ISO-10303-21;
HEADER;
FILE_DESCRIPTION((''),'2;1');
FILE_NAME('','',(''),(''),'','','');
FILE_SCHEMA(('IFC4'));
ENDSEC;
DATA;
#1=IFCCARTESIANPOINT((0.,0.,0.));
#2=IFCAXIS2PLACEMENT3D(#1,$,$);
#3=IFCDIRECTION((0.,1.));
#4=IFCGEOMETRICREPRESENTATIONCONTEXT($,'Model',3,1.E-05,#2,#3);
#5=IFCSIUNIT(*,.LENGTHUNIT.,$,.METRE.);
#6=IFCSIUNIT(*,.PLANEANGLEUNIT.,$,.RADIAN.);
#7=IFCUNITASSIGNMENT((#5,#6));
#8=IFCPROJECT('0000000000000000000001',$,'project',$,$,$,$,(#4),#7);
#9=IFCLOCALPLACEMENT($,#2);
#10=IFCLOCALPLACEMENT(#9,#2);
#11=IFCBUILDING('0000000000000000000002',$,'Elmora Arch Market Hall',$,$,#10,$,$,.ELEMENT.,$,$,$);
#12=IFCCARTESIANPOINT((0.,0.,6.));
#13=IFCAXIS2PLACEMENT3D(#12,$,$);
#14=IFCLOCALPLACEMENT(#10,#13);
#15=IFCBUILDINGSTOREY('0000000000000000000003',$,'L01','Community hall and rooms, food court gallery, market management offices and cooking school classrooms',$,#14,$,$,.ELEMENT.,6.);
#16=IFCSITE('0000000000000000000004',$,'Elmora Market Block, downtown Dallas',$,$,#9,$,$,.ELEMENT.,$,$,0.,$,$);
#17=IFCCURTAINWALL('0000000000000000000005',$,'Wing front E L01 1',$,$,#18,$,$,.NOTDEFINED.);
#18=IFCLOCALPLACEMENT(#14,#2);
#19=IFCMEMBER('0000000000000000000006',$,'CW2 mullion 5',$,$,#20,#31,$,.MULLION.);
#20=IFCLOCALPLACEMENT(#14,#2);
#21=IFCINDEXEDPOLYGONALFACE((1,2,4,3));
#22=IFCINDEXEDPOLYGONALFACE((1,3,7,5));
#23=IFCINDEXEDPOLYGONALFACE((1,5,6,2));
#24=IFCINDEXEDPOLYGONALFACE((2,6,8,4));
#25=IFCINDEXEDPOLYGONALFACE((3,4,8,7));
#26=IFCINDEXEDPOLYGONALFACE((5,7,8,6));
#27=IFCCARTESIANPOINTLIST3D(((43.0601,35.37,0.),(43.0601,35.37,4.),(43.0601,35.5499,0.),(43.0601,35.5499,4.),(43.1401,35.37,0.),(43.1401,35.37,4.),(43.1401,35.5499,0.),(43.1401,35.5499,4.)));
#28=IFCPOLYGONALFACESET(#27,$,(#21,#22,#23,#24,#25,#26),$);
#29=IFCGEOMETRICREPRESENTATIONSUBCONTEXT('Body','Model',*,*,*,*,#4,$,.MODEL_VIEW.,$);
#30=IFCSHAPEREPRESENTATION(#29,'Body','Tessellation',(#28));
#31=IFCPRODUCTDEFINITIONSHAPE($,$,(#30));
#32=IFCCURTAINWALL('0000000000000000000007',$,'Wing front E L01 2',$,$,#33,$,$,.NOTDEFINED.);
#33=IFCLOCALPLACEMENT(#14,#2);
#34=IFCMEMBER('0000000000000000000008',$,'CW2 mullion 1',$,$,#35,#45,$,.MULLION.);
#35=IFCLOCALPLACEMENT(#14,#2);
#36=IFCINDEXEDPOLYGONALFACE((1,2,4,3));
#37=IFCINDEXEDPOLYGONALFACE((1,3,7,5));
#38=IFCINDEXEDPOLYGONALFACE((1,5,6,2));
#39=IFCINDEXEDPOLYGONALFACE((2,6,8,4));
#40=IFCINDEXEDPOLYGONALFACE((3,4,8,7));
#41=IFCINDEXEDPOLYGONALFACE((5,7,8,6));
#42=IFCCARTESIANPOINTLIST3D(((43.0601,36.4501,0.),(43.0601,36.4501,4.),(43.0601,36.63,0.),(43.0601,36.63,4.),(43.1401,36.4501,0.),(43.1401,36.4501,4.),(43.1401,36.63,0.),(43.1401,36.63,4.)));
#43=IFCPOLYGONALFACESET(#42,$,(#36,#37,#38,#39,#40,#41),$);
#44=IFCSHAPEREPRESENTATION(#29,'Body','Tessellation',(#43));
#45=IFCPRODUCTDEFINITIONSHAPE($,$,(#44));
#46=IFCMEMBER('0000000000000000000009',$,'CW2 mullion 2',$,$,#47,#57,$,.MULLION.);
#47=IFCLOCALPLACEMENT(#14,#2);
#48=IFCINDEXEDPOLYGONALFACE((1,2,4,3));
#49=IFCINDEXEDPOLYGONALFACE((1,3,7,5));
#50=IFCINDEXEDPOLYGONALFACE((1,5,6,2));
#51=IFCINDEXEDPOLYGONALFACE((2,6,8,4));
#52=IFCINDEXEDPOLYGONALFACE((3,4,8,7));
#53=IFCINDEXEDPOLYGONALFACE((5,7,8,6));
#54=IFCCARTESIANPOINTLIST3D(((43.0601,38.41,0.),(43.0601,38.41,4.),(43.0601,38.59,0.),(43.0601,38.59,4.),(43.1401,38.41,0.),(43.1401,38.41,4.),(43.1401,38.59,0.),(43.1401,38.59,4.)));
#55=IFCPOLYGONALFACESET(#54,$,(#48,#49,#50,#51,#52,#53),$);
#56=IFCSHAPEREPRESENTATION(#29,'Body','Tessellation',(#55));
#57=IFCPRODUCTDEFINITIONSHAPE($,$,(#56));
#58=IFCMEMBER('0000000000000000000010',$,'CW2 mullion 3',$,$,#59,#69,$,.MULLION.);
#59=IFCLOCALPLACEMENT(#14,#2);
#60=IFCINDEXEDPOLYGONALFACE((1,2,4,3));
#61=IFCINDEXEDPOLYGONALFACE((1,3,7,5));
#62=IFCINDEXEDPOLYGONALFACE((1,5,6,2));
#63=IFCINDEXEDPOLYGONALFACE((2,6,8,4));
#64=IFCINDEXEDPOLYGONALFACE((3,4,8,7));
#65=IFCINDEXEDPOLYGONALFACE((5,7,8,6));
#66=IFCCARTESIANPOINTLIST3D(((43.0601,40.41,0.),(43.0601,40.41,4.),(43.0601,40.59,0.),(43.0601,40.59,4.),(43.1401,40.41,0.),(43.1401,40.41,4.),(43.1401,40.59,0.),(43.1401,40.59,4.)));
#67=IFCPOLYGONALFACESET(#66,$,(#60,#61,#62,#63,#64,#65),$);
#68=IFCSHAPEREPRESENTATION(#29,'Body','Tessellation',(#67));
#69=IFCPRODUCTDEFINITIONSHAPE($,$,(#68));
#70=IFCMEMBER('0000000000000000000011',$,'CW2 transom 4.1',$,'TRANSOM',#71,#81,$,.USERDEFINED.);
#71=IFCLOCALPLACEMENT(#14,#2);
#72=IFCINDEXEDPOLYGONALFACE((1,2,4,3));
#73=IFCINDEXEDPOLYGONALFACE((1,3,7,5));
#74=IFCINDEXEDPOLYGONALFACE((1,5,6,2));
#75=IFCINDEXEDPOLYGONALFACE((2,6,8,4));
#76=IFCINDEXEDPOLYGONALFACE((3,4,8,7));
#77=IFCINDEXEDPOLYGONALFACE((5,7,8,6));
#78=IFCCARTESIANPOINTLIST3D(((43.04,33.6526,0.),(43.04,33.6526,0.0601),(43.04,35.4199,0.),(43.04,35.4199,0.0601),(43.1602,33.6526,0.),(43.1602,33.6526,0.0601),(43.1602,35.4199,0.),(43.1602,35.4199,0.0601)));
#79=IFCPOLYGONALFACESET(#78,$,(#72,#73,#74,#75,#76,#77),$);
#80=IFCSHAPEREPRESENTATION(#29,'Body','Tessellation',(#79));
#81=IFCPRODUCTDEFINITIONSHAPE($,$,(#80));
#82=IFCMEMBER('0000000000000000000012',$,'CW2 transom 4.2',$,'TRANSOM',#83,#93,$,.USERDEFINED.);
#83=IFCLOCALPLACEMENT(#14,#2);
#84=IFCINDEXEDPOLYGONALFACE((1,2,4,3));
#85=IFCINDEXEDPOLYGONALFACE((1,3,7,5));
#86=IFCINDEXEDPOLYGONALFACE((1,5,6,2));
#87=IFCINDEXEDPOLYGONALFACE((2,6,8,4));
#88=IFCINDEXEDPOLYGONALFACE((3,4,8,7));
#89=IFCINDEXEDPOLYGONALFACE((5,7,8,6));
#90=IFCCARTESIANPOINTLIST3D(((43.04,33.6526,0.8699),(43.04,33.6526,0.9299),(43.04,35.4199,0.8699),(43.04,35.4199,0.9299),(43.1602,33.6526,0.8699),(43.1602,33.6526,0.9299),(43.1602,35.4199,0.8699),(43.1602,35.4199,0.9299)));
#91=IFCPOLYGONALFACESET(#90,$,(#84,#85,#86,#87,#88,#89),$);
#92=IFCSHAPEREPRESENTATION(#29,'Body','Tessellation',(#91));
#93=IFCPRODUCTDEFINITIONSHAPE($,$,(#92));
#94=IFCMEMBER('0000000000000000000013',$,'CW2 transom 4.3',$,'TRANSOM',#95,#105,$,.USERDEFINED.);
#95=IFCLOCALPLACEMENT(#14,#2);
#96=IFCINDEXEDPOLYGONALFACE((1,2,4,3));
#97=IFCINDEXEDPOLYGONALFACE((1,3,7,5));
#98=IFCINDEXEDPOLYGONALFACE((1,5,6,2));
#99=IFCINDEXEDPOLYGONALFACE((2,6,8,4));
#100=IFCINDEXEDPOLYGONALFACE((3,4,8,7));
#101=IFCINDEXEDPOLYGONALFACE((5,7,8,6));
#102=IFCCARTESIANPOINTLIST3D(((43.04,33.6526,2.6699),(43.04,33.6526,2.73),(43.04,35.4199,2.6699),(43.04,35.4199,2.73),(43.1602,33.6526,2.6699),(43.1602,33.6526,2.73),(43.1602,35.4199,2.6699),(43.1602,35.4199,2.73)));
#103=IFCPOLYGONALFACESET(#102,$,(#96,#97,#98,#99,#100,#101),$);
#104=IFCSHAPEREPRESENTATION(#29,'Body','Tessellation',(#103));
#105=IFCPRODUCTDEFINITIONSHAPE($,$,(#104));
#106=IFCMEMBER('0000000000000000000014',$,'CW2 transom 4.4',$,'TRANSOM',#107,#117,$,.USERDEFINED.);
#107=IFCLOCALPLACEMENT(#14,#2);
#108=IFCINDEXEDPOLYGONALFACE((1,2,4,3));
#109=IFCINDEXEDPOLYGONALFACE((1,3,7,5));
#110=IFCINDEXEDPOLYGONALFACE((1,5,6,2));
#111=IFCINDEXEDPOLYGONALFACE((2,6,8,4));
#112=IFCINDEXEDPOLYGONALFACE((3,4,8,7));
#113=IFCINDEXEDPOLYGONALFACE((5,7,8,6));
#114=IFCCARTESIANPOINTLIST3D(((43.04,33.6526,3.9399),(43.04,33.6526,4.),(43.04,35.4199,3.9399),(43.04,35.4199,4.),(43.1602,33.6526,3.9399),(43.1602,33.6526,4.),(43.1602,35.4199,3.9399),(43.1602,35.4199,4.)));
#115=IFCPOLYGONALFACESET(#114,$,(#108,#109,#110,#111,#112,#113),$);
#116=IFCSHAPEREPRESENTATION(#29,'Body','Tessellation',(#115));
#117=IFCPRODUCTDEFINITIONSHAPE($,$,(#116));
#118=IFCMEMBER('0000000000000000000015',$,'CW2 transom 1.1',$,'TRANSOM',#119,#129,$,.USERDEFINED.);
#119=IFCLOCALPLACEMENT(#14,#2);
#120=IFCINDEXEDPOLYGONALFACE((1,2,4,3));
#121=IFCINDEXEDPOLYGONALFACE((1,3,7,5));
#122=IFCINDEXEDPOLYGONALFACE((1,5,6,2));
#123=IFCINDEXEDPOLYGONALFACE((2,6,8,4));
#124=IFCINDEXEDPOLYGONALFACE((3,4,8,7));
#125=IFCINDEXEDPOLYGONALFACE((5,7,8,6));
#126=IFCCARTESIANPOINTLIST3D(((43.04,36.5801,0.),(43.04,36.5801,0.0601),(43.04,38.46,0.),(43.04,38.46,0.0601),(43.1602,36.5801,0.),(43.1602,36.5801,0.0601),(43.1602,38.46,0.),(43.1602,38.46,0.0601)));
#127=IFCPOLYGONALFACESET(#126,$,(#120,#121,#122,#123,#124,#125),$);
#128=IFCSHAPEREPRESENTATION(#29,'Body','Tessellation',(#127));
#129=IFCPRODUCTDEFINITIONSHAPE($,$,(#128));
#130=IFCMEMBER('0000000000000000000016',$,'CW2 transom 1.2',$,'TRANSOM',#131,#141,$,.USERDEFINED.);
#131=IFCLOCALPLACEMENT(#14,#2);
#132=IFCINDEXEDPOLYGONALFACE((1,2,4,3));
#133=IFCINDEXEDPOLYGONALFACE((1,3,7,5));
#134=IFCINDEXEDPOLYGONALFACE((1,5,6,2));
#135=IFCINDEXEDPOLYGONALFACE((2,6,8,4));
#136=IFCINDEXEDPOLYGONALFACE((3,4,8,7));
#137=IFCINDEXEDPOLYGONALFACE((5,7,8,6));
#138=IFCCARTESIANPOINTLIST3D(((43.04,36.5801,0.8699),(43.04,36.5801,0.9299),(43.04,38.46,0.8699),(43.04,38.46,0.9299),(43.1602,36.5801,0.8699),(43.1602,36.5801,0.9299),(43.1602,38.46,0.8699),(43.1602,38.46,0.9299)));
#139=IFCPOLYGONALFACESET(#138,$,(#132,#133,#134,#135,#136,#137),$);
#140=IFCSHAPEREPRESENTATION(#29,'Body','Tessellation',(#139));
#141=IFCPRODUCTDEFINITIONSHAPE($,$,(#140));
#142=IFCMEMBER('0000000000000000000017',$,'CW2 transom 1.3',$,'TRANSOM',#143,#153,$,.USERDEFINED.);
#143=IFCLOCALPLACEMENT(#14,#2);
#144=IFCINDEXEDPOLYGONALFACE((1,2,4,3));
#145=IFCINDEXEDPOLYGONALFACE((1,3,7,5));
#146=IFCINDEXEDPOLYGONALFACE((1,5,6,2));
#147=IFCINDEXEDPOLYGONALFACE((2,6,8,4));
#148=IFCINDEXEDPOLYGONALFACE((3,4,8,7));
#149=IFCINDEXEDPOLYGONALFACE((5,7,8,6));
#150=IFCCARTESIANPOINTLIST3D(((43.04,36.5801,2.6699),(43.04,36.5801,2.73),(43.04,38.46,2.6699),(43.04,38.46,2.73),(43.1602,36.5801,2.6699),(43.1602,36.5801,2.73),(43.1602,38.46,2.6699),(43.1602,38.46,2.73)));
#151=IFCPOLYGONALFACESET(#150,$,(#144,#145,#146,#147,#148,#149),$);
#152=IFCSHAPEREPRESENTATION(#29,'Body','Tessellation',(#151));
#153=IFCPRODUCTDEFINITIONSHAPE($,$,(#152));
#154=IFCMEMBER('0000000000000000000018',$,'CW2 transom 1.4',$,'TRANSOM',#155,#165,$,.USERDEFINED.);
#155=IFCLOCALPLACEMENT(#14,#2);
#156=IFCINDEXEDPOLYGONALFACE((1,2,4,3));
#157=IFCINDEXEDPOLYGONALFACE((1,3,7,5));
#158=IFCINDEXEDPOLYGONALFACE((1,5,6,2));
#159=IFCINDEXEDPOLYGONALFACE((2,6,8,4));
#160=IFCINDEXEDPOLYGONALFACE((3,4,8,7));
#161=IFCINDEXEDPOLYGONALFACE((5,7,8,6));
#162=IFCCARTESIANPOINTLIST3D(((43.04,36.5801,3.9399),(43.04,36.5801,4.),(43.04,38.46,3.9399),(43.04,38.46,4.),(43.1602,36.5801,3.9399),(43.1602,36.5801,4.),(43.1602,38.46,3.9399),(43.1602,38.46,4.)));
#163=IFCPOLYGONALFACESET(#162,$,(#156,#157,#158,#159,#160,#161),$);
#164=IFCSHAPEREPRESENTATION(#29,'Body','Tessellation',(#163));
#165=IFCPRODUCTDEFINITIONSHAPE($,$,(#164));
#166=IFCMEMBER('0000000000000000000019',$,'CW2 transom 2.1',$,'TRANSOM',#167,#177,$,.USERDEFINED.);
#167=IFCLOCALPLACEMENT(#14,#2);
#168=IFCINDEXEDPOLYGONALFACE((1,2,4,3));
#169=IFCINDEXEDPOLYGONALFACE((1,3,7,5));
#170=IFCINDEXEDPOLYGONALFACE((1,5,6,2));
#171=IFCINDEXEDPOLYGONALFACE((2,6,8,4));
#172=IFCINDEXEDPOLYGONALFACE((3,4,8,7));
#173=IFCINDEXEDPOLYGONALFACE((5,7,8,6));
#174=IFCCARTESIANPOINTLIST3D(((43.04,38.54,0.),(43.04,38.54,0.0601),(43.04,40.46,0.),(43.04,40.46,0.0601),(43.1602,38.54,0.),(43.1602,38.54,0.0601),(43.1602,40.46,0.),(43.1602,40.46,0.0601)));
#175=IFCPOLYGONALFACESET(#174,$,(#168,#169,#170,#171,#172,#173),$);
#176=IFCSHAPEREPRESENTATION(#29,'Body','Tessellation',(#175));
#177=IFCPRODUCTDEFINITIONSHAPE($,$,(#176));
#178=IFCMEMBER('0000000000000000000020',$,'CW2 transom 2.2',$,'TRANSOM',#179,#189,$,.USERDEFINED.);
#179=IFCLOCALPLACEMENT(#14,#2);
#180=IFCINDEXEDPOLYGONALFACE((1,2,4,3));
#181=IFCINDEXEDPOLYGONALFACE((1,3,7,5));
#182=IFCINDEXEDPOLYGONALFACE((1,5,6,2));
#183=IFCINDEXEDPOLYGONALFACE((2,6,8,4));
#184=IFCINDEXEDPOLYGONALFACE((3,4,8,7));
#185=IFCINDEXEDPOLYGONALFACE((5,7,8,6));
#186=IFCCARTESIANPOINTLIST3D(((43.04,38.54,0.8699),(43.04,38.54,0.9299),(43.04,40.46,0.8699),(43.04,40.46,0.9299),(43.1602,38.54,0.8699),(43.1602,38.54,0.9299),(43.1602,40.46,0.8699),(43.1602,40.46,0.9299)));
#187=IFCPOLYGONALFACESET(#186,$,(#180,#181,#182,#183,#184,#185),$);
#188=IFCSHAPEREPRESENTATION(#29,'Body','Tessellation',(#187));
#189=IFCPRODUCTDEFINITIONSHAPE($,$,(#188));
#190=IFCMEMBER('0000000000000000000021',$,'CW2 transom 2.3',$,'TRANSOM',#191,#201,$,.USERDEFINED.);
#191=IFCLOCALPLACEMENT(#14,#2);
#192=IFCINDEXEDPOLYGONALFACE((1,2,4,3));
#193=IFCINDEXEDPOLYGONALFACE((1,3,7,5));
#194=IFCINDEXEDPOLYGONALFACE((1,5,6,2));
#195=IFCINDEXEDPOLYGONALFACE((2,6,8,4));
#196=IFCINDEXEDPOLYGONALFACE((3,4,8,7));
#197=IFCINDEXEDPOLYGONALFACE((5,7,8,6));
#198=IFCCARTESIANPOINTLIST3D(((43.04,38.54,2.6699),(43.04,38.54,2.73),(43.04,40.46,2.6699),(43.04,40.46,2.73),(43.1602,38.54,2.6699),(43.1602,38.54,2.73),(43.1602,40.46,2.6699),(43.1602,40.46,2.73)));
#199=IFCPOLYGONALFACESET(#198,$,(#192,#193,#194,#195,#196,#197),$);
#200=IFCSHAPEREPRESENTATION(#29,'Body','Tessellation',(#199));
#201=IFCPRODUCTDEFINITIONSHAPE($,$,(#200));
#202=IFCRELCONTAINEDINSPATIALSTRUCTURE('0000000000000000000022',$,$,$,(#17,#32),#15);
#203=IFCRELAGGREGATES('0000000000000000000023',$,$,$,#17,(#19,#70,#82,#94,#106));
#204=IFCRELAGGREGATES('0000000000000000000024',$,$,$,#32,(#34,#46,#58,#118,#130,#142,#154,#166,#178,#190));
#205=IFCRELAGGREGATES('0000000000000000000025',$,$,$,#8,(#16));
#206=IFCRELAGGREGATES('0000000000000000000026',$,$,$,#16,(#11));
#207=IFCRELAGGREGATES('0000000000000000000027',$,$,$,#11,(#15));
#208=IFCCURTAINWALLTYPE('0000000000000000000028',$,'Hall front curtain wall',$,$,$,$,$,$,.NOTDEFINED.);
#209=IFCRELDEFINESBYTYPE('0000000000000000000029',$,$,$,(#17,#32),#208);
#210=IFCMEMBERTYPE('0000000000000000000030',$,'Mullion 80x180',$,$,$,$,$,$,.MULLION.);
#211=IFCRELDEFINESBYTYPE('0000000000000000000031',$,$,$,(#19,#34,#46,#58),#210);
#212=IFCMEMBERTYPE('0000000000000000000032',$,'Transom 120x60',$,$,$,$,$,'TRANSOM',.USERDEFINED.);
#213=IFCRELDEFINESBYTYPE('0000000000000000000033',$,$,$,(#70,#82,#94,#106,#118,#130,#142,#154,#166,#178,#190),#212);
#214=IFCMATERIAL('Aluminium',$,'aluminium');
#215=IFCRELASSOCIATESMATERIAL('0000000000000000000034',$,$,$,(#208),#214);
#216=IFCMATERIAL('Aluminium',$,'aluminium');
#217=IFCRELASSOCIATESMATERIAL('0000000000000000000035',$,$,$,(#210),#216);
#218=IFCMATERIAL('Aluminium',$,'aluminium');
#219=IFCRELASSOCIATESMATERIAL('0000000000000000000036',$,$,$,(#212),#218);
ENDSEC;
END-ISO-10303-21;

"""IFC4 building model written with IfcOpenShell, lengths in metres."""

from ifc_helpers import new_model, si_unit, direction, frame, origin, origin_2d, place, context, subcontext, project, spatial, rectangle, extrude, material, material_profile, profile_set, type_object, element, aggregate, save


model = new_model("IFC4")

# Units and contexts
model_context = context("Model", 3, precision=1e-05, world=origin(), true_north=direction((0.0, 1.0)))
body_context = subcontext(model_context, "Body", "Model", "MODEL_VIEW")
ifc_project = project(units=[si_unit("LENGTHUNIT", "METRE"), si_unit("PLANEANGLEUNIT", "RADIAN")], contexts=[model_context])

# Site, building, storey
site_placement = place(None, origin())
site = spatial("IfcSite", under=ifc_project, at=site_placement, Name="Elmora Market Block, downtown Dallas", CompositionType="ELEMENT", RefElevation=0.0)
building_placement = place(site_placement, origin())
building = spatial("IfcBuilding", under=site, at=building_placement, Name="Elmora Arch Market Hall", CompositionType="ELEMENT")
storey_placement = place(building_placement, frame((0.0, 0.0, 6.0)))
storey = spatial("IfcBuildingStorey", under=building, at=storey_placement, Name="L01", Description="Community hall and rooms, food court gallery, market management offices and cooking school classrooms", CompositionType="ELEMENT", Elevation=6.0)

# Curtain wall, member
ifc_material_1 = material(Name="Aluminium", Category="aluminium")
curtain_wall_type = type_object("IfcCurtainWallType", Name="Hall front curtain wall", PredefinedType="NOTDEFINED", material=ifc_material_1)
curtain_wall_1_placement = place(storey_placement, origin())
curtain_wall_1 = element("IfcCurtainWall", 1, at=curtain_wall_1_placement, inside=storey, type_object=curtain_wall_type, Name="Wing front E L01 1", PredefinedType="NOTDEFINED")
ifc_material_2 = material(Name="Aluminium", Category="aluminium")
ifc_material_profile_1 = material_profile(ifc_material_2, rectangle(XDim=0.0801, YDim=0.1799, at=origin_2d()), Name="AL 80x180")
ifc_profile_set_1 = profile_set([ifc_material_profile_1], Name="Aluminium")
member_type_1 = type_object("IfcMemberType", Name="Mullion 80x180", PredefinedType="MULLION", material=ifc_profile_set_1)
member_1_placement = place(storey_placement, frame((43.1001, 35.46, 0.0), z_axis=(0.0, 0.0, 1.0), x_axis=(-1.0, 0.0, 0.0)))
member_1 = element("IfcMember", 2, at=member_1_placement, type_object=member_type_1, Name="CW2 mullion 5", PredefinedType="MULLION", context=body_context, shape_type="SweptSolid", body=[
    extrude(rectangle(XDim=0.0801, YDim=0.1799, at=origin_2d()), origin(), (0.0, 0.0, 1.0), 4.0),
])

# Curtain wall, members
curtain_wall_2_placement = place(storey_placement, origin())
curtain_wall_2 = element("IfcCurtainWall", 3, at=curtain_wall_2_placement, inside=storey, type_object=curtain_wall_type, Name="Wing front E L01 2", PredefinedType="NOTDEFINED")
member_2_placement = place(storey_placement, frame((43.1001, 36.54, 0.0), z_axis=(0.0, 0.0, 1.0), x_axis=(-1.0, 0.0, 0.0)))
member_2 = element("IfcMember", 4, at=member_2_placement, type_object=member_type_1, Name="CW2 mullion 1", PredefinedType="MULLION", context=body_context, shape_type="SweptSolid", body=[
    extrude(rectangle(XDim=0.0801, YDim=0.1799, at=origin_2d()), origin(), (0.0, 0.0, 1.0), 4.0),
])
member_3_placement = place(storey_placement, frame((43.1001, 38.5, 0.0), z_axis=(0.0, 0.0, 1.0), x_axis=(-1.0, 0.0, 0.0)))
member_3 = element("IfcMember", 5, at=member_3_placement, type_object=member_type_1, Name="CW2 mullion 2", PredefinedType="MULLION", context=body_context, shape_type="SweptSolid", body=[
    extrude(rectangle(XDim=0.0801, YDim=0.1799, at=origin_2d()), origin(), (0.0, 0.0, 1.0), 4.0),
])
member_4_placement = place(storey_placement, frame((43.1001, 40.5, 0.0), z_axis=(0.0, 0.0, 1.0), x_axis=(-1.0, 0.0, 0.0)))
member_4 = element("IfcMember", 6, at=member_4_placement, type_object=member_type_1, Name="CW2 mullion 3", PredefinedType="MULLION", context=body_context, shape_type="SweptSolid", body=[
    extrude(rectangle(XDim=0.0801, YDim=0.1799, at=origin_2d()), origin(), (0.0, 0.0, 1.0), 4.0),
])

# Members
ifc_material_3 = material(Name="Aluminium", Category="aluminium")
ifc_material_profile_2 = material_profile(ifc_material_3, rectangle(XDim=0.1201, YDim=0.0601, at=origin_2d()), Name="AL 120x60")
ifc_profile_set_2 = profile_set([ifc_material_profile_2], Name="Aluminium")
member_type_2 = type_object("IfcMemberType", Name="Transom 120x60", ElementType="TRANSOM", PredefinedType="USERDEFINED", material=ifc_profile_set_2)
member_5_placement = place(storey_placement, frame((43.1001, 33.6526, 0.03), z_axis=(0.0, 1.0, 0.0), x_axis=(-1.0, 0.0, 0.0)))
member_5 = element("IfcMember", 7, at=member_5_placement, type_object=member_type_2, Name="CW2 transom 4.1", ObjectType="TRANSOM", PredefinedType="USERDEFINED", context=body_context, shape_type="SweptSolid", body=[
    extrude(rectangle(XDim=0.1201, YDim=0.0601, at=origin_2d()), origin(), (0.0, 0.0, 1.0), 1.7673),
])
member_6_placement = place(storey_placement, frame((43.1001, 33.6526, 0.8999), z_axis=(0.0, 1.0, 0.0), x_axis=(-1.0, 0.0, 0.0)))
member_6 = element("IfcMember", 8, at=member_6_placement, type_object=member_type_2, Name="CW2 transom 4.2", ObjectType="TRANSOM", PredefinedType="USERDEFINED", context=body_context, shape_type="SweptSolid", body=[
    extrude(rectangle(XDim=0.1201, YDim=0.0601, at=origin_2d()), origin(), (0.0, 0.0, 1.0), 1.7673),
])
member_7_placement = place(storey_placement, frame((43.1001, 33.6526, 2.7), z_axis=(0.0, 1.0, 0.0), x_axis=(-1.0, 0.0, 0.0)))
member_7 = element("IfcMember", 9, at=member_7_placement, type_object=member_type_2, Name="CW2 transom 4.3", ObjectType="TRANSOM", PredefinedType="USERDEFINED", context=body_context, shape_type="SweptSolid", body=[
    extrude(rectangle(XDim=0.1201, YDim=0.0601, at=origin_2d()), origin(), (0.0, 0.0, 1.0), 1.7673),
])
member_8_placement = place(storey_placement, frame((43.1001, 33.6526, 3.97), z_axis=(0.0, 1.0, 0.0), x_axis=(-1.0, 0.0, 0.0)))
member_8 = element("IfcMember", 10, at=member_8_placement, type_object=member_type_2, Name="CW2 transom 4.4", ObjectType="TRANSOM", PredefinedType="USERDEFINED", context=body_context, shape_type="SweptSolid", body=[
    extrude(rectangle(XDim=0.1201, YDim=0.0601, at=origin_2d()), origin(), (0.0, 0.0, 1.0), 1.7673),
])
member_9_placement = place(storey_placement, frame((43.1001, 36.5801, 0.03), z_axis=(0.0, 1.0, 0.0), x_axis=(-1.0, 0.0, 0.0)))
member_9 = element("IfcMember", 11, at=member_9_placement, type_object=member_type_2, Name="CW2 transom 1.1", ObjectType="TRANSOM", PredefinedType="USERDEFINED", context=body_context, shape_type="SweptSolid", body=[
    extrude(rectangle(XDim=0.1201, YDim=0.0601, at=origin_2d()), origin(), (0.0, 0.0, 1.0), 1.8799),
])
member_10_placement = place(storey_placement, frame((43.1001, 36.5801, 0.8999), z_axis=(0.0, 1.0, 0.0), x_axis=(-1.0, 0.0, 0.0)))
member_10 = element("IfcMember", 12, at=member_10_placement, type_object=member_type_2, Name="CW2 transom 1.2", ObjectType="TRANSOM", PredefinedType="USERDEFINED", context=body_context, shape_type="SweptSolid", body=[
    extrude(rectangle(XDim=0.1201, YDim=0.0601, at=origin_2d()), origin(), (0.0, 0.0, 1.0), 1.8799),
])
member_11_placement = place(storey_placement, frame((43.1001, 36.5801, 2.7), z_axis=(0.0, 1.0, 0.0), x_axis=(-1.0, 0.0, 0.0)))
member_11 = element("IfcMember", 13, at=member_11_placement, type_object=member_type_2, Name="CW2 transom 1.3", ObjectType="TRANSOM", PredefinedType="USERDEFINED", context=body_context, shape_type="SweptSolid", body=[
    extrude(rectangle(XDim=0.1201, YDim=0.0601, at=origin_2d()), origin(), (0.0, 0.0, 1.0), 1.8799),
])
member_12_placement = place(storey_placement, frame((43.1001, 36.5801, 3.97), z_axis=(0.0, 1.0, 0.0), x_axis=(-1.0, 0.0, 0.0)))
member_12 = element("IfcMember", 14, at=member_12_placement, type_object=member_type_2, Name="CW2 transom 1.4", ObjectType="TRANSOM", PredefinedType="USERDEFINED", context=body_context, shape_type="SweptSolid", body=[
    extrude(rectangle(XDim=0.1201, YDim=0.0601, at=origin_2d()), origin(), (0.0, 0.0, 1.0), 1.8799),
])
member_13_placement = place(storey_placement, frame((43.1001, 38.54, 0.03), z_axis=(0.0, 1.0, 0.0), x_axis=(-1.0, 0.0, 0.0)))
member_13 = element("IfcMember", 15, at=member_13_placement, type_object=member_type_2, Name="CW2 transom 2.1", ObjectType="TRANSOM", PredefinedType="USERDEFINED", context=body_context, shape_type="SweptSolid", body=[
    extrude(rectangle(XDim=0.1201, YDim=0.0601, at=origin_2d()), origin(), (0.0, 0.0, 1.0), 1.9199),
])
member_14_placement = place(storey_placement, frame((43.1001, 38.54, 0.8999), z_axis=(0.0, 1.0, 0.0), x_axis=(-1.0, 0.0, 0.0)))
member_14 = element("IfcMember", 16, at=member_14_placement, type_object=member_type_2, Name="CW2 transom 2.2", ObjectType="TRANSOM", PredefinedType="USERDEFINED", context=body_context, shape_type="SweptSolid", body=[
    extrude(rectangle(XDim=0.1201, YDim=0.0601, at=origin_2d()), origin(), (0.0, 0.0, 1.0), 1.9199),
])
member_15_placement = place(storey_placement, frame((43.1001, 38.54, 2.7), z_axis=(0.0, 1.0, 0.0), x_axis=(-1.0, 0.0, 0.0)))
member_15 = element("IfcMember", 17, at=member_15_placement, type_object=member_type_2, Name="CW2 transom 2.3", ObjectType="TRANSOM", PredefinedType="USERDEFINED", context=body_context, shape_type="SweptSolid", body=[
    extrude(rectangle(XDim=0.1201, YDim=0.0601, at=origin_2d()), origin(), (0.0, 0.0, 1.0), 1.9199),
])

aggregate(curtain_wall_1, [member_1, member_5, member_6, member_7, member_8])
aggregate(curtain_wall_2, [member_2, member_3, member_4, member_9, member_10, member_11, member_12, member_13, member_14, member_15])

save(model, "model.ifc")
